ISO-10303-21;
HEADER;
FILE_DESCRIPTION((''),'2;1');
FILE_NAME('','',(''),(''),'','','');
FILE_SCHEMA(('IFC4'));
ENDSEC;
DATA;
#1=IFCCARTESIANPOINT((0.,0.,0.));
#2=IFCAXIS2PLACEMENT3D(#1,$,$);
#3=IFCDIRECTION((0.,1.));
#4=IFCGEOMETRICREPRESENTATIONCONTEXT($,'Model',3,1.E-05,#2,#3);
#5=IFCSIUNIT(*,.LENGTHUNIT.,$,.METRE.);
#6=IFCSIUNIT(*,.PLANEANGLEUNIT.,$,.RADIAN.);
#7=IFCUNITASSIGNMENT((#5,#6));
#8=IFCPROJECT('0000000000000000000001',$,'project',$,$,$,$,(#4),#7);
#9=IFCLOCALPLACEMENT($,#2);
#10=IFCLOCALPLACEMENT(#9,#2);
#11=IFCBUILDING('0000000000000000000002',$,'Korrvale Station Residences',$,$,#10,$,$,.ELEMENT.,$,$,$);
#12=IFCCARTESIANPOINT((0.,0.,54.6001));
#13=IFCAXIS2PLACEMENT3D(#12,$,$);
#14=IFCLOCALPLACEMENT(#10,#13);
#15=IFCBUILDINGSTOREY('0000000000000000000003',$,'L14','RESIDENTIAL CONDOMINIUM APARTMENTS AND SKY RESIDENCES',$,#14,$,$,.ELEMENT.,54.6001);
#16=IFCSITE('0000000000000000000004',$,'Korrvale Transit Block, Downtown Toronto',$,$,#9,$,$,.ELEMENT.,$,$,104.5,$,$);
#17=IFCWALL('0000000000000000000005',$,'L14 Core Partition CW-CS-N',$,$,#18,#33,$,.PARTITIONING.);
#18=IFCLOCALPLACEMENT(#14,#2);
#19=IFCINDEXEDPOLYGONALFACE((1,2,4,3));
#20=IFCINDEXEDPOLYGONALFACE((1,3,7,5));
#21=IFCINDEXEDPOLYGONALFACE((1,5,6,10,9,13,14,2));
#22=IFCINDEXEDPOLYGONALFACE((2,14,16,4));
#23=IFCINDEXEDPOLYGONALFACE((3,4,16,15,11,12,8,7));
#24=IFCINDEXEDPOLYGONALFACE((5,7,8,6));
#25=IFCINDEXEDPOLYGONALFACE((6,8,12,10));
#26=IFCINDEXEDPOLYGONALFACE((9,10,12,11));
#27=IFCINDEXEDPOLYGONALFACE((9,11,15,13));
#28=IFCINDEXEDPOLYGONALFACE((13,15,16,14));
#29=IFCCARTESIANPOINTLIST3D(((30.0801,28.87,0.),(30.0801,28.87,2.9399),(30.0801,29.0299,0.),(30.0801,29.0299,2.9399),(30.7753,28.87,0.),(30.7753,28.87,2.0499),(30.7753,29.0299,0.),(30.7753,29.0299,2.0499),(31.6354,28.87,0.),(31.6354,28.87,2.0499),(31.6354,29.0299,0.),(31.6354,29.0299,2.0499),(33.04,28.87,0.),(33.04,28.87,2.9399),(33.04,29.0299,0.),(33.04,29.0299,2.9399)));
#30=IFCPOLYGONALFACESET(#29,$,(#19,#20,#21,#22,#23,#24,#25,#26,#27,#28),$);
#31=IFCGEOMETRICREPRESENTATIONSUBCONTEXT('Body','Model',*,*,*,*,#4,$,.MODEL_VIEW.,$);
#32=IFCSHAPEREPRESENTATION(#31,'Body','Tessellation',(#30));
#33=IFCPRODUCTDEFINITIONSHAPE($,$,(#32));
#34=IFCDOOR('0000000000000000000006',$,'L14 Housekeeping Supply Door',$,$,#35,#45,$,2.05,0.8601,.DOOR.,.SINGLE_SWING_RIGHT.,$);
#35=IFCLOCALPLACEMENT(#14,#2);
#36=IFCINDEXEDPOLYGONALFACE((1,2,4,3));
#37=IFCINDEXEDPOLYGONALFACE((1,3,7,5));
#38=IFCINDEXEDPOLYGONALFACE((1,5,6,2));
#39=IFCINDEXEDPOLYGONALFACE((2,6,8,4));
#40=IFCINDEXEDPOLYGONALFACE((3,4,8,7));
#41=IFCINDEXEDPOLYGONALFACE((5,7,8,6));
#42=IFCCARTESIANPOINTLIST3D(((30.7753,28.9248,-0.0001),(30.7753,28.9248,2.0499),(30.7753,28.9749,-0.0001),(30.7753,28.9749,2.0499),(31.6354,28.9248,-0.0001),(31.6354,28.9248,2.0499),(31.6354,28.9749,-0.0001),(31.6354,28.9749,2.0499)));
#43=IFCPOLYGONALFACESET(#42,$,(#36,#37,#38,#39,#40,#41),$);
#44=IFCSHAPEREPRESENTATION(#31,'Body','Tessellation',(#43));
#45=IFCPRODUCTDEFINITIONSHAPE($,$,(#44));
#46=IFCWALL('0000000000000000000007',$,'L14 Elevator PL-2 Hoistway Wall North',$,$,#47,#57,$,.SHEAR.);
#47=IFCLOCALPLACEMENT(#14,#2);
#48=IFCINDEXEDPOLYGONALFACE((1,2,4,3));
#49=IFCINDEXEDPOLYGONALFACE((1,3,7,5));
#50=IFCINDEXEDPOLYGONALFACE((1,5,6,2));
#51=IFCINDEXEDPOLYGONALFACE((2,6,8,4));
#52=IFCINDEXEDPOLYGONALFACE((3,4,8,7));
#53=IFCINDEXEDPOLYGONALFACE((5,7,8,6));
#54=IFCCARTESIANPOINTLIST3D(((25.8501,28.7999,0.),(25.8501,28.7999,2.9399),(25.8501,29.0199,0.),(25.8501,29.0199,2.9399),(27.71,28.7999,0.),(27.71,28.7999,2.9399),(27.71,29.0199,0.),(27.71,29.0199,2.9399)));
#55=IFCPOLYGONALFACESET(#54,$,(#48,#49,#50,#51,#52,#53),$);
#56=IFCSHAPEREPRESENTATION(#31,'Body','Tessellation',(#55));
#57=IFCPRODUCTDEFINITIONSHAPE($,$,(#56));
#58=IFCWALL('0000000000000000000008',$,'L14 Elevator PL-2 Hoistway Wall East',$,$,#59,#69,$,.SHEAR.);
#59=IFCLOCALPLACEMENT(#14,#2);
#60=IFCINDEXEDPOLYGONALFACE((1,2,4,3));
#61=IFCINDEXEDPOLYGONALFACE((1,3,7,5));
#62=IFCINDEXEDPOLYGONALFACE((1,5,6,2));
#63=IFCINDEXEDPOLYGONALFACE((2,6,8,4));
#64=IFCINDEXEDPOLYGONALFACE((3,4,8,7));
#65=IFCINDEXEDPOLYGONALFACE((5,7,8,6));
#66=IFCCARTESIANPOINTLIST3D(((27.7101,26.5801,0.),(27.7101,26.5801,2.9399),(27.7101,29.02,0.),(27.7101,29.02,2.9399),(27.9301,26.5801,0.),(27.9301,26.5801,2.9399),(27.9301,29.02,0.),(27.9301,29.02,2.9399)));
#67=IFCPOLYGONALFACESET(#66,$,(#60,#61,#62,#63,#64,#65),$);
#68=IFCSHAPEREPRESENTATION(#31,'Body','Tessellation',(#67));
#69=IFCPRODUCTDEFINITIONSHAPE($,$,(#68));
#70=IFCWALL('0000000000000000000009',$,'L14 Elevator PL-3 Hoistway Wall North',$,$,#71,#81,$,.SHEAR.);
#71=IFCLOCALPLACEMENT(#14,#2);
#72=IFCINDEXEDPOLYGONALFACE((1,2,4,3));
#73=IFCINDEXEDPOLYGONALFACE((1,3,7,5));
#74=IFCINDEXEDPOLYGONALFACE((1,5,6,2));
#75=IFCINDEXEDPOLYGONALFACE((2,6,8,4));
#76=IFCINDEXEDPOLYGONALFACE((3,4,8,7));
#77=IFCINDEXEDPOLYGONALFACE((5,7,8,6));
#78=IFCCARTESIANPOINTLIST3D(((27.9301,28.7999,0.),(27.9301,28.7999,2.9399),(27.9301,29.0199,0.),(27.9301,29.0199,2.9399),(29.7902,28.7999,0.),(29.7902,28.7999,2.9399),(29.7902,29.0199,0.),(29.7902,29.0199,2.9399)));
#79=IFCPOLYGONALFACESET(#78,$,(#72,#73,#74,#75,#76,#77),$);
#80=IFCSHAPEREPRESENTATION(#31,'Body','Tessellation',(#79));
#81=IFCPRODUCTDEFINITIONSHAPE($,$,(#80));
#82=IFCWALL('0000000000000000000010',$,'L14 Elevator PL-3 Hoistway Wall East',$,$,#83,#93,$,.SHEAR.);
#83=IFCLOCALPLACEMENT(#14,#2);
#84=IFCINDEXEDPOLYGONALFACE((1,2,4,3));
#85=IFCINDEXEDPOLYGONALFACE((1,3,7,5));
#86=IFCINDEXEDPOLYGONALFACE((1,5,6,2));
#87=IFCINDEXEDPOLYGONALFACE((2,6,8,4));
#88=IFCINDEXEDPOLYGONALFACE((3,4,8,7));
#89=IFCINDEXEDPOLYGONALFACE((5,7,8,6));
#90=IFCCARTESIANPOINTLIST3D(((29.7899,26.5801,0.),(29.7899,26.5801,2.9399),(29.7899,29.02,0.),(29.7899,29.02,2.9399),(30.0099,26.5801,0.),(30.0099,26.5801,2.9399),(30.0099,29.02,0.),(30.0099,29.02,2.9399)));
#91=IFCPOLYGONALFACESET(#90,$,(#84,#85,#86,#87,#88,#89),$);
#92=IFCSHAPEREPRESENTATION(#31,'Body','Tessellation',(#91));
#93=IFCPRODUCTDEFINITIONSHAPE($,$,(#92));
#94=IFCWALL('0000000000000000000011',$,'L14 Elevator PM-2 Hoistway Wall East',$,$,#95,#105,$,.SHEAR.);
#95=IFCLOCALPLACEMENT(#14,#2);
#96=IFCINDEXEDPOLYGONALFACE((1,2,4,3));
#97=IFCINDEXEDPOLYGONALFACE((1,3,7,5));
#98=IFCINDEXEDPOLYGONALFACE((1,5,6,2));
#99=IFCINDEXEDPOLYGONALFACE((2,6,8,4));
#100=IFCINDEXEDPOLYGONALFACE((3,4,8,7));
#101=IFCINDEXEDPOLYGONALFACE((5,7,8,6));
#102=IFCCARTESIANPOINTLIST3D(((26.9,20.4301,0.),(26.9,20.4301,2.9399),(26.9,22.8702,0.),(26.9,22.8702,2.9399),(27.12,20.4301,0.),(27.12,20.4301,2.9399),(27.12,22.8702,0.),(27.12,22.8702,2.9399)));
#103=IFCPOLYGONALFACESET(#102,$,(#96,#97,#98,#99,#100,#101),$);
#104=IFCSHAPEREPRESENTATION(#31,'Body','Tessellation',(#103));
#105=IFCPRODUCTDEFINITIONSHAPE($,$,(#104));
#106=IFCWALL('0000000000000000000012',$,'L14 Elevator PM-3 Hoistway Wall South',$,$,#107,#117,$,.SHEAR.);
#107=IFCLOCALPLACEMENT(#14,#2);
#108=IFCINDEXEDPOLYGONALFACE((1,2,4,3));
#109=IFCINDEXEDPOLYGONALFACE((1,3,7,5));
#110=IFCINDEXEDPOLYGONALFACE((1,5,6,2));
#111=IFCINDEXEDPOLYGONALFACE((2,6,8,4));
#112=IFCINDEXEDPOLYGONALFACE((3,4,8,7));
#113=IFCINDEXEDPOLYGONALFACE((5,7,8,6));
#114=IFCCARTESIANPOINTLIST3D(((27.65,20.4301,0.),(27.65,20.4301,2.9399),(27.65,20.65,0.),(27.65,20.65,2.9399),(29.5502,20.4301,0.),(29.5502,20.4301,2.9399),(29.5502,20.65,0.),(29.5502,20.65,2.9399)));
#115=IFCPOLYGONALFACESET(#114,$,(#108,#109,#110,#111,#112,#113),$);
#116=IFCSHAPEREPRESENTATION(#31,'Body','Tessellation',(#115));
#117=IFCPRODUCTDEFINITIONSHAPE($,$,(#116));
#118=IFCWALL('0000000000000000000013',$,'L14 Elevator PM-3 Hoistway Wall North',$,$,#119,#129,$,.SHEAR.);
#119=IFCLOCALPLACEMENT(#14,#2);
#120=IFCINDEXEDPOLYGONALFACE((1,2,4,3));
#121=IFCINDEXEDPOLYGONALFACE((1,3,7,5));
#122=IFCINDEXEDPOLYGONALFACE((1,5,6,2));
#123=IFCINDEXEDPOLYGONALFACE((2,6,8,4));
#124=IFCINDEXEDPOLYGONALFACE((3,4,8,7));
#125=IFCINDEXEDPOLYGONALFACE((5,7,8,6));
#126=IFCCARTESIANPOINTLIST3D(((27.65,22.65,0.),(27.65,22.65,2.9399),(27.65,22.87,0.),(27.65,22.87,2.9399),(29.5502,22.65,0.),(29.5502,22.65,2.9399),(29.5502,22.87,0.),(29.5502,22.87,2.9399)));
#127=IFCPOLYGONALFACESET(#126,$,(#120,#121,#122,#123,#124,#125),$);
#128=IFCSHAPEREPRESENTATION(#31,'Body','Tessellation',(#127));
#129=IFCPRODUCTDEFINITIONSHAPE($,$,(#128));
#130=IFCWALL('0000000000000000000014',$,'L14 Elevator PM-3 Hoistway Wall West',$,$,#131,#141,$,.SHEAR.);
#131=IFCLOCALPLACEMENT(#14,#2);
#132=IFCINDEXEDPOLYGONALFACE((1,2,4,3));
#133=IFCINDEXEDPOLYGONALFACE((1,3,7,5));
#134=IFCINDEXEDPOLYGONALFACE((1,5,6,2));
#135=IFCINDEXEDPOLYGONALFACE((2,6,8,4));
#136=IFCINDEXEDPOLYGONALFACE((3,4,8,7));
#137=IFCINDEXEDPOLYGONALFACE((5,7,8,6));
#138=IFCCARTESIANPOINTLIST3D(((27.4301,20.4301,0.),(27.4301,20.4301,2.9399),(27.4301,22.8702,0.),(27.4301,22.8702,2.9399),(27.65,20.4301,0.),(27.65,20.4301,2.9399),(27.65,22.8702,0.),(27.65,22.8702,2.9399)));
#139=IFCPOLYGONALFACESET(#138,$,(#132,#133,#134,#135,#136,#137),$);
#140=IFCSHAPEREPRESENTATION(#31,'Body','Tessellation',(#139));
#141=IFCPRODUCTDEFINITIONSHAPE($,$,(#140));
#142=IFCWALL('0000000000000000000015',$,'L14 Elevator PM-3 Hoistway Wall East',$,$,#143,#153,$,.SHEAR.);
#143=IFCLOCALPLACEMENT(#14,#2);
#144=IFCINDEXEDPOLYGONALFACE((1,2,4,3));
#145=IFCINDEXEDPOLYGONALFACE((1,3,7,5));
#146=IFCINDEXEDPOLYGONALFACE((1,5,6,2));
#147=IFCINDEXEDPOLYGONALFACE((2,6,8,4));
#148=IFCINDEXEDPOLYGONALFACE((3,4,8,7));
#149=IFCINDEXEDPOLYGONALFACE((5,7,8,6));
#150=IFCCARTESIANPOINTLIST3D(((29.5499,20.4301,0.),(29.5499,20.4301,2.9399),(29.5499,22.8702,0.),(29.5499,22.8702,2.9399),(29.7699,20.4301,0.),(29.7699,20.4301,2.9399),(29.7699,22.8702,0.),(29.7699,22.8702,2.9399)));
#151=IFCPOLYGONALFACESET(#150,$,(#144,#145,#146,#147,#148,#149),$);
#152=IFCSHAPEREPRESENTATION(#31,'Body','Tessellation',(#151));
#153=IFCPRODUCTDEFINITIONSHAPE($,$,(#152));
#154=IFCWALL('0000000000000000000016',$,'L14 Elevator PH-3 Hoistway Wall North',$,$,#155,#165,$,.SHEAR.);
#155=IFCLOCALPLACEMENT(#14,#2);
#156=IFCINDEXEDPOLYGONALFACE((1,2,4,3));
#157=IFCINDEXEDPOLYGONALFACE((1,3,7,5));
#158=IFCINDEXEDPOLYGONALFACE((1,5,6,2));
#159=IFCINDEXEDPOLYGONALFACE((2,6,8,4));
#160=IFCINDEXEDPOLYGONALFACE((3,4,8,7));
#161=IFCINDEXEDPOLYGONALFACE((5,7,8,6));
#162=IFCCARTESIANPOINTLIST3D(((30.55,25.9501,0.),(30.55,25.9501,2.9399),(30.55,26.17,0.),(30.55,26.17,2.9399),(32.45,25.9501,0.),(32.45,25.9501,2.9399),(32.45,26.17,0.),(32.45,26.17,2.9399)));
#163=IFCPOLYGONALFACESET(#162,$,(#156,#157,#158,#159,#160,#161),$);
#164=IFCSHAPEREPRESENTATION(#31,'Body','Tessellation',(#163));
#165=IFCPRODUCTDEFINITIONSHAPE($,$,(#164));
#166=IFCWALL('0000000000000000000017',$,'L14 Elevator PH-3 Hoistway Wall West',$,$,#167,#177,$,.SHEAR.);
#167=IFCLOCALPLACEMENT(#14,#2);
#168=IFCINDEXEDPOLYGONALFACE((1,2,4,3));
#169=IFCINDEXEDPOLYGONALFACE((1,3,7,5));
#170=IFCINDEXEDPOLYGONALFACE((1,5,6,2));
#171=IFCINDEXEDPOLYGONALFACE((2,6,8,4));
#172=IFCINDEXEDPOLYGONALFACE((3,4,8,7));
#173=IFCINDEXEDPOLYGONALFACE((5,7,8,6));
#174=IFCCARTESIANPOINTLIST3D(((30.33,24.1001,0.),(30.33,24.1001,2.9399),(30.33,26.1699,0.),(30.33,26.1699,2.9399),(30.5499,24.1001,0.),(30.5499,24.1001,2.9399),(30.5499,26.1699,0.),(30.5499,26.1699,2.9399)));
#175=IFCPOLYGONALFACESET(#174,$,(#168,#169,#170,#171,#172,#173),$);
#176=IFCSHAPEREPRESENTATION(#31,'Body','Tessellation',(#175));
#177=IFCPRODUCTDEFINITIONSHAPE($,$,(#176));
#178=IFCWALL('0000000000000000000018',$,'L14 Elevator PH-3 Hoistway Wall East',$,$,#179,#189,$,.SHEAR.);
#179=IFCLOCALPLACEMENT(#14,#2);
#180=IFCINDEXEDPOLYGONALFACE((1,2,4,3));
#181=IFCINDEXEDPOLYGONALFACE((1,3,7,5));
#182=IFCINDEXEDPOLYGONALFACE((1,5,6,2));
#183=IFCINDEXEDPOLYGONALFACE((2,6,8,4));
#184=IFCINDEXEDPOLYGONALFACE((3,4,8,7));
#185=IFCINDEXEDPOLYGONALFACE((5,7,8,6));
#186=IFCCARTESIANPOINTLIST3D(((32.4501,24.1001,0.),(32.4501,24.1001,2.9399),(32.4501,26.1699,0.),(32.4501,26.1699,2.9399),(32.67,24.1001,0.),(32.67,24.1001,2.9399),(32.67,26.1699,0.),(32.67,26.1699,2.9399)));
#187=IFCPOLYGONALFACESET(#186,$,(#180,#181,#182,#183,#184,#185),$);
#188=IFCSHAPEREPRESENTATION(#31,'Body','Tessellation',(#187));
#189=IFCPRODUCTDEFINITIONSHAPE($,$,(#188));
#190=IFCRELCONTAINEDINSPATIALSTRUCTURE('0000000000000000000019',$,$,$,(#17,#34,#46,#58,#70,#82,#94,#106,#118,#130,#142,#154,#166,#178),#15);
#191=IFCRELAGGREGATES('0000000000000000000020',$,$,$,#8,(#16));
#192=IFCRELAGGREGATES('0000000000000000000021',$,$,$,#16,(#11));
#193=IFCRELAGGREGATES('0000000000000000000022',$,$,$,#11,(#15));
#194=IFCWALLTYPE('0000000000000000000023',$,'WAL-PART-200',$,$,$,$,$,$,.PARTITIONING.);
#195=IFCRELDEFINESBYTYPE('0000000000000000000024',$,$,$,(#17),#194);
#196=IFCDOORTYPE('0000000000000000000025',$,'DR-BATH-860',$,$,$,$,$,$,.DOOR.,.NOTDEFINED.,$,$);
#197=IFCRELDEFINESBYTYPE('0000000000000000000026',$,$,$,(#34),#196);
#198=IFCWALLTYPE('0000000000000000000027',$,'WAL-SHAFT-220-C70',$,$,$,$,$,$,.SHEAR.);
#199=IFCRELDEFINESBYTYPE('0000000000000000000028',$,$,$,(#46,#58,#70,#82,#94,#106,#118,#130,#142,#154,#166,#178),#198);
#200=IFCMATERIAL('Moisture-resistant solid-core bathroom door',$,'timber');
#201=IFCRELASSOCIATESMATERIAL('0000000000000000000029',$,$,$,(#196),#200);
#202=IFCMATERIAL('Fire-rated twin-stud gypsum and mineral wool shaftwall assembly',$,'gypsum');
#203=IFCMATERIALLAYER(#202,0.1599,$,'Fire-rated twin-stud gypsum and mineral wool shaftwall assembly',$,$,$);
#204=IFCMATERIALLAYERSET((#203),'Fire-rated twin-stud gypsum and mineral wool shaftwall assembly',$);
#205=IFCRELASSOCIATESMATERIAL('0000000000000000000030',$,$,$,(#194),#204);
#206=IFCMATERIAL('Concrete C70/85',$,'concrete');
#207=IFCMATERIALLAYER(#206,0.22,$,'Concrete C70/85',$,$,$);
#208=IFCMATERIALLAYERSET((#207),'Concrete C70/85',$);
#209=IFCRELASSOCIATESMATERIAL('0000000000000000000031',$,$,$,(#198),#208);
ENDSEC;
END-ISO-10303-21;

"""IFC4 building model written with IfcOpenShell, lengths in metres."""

from ifc_helpers import new_model, si_unit, direction, frame, frame_2d, origin, place, context, subcontext, project, spatial, rectangle, extrude, material, layer, layer_set, type_object, element, fill, save


model = new_model("IFC4")

# Units and contexts
model_context = context("Model", 3, precision=1e-05, world=origin(), true_north=direction((0.0, 1.0)))
body_context = subcontext(model_context, "Body", "Model", "MODEL_VIEW")
ifc_project = project(units=[si_unit("LENGTHUNIT", "METRE"), si_unit("PLANEANGLEUNIT", "RADIAN")], contexts=[model_context])

# Site, building, storey
site_placement = place(None, origin())
site = spatial("IfcSite", under=ifc_project, at=site_placement, Name="Korrvale Transit Block, Downtown Toronto", CompositionType="ELEMENT", RefElevation=104.5)
building_placement = place(site_placement, origin())
building = spatial("IfcBuilding", under=site, at=building_placement, Name="Korrvale Station Residences", CompositionType="ELEMENT")
storey_placement = place(building_placement, frame((0.0, 0.0, 54.6001)))
storey = spatial("IfcBuildingStorey", under=building, at=storey_placement, Name="L14", Description="RESIDENTIAL CONDOMINIUM APARTMENTS AND SKY RESIDENCES", CompositionType="ELEMENT", Elevation=54.6001)

# Shared definitions
ifc_material_1 = material(Name="Concrete C70/85", Category="concrete")

# Wall, opening, door
ifc_material_2 = material(Name="Moisture-resistant solid-core bathroom door", Category="timber")
door_type_1 = type_object("IfcDoorType", Name="DR-BATH-860", OperationType="NOTDEFINED", PredefinedType="DOOR", material=ifc_material_2)
ifc_material_3 = material(Name="Fire-rated twin-stud gypsum and mineral wool shaftwall assembly", Category="gypsum")
ifc_layer_1 = layer(ifc_material_3, 0.1599, Name="Fire-rated twin-stud gypsum and mineral wool shaftwall assembly")
ifc_layer_set_1 = layer_set([ifc_layer_1], Name="Fire-rated twin-stud gypsum and mineral wool shaftwall assembly")
wall_type_1 = type_object("IfcWallType", Name="WAL-PART-200", PredefinedType="PARTITIONING", material=ifc_layer_set_1)
wall_1_placement = place(storey_placement, frame((30.0801, 28.95, 0.0), z_axis=(0.0, 0.0, 1.0), x_axis=(1.0, 0.0, 0.0)))
wall_1 = element("IfcWall", 1, at=wall_1_placement, inside=storey, type_object=wall_type_1, Name="L14 Core Partition CW-CS-N", PredefinedType="PARTITIONING", context=body_context, shape_type="SweptSolid", body=[
    extrude(rectangle(XDim=2.96, YDim=0.1599, at=frame_2d((1.48, 0.0))), origin(), (0.0, 0.0, 1.0), 2.9399),
])
opening_1_placement = place(wall_1_placement, frame((0.6951, 0.0, 0.0)))
opening_1 = element("IfcOpeningElement", 2, at=opening_1_placement, cuts=wall_1, PredefinedType="OPENING", context=body_context, shape_type="SweptSolid", body=[
    extrude(rectangle(XDim=0.8601, YDim=2.05, at=frame_2d((0.4302, 1.0249))), frame((0.0, 0.0898, 0.0), z_axis=(0.0, -1.0, 0.0), x_axis=(1.0, 0.0, 0.0)), (0.0, 0.0, 1.0), 0.1799),
])
door_1_placement = place(opening_1_placement, origin())
door_1 = element("IfcDoor", 3, at=door_1_placement, inside=storey, type_object=door_type_1, Name="L14 Housekeeping Supply Door", OperationType="SINGLE_SWING_RIGHT", OverallHeight=2.05, OverallWidth=0.8601, PredefinedType="DOOR", context=body_context, shape_type="SweptSolid", body=[
    extrude(rectangle(XDim=0.8601, YDim=2.05, at=frame_2d((0.4302, 1.0249))), frame((0.0, 0.0249, 0.0), z_axis=(0.0, -1.0, 0.0), x_axis=(1.0, 0.0, 0.0)), (0.0, 0.0, 1.0), 0.05),
])
fill(opening_1, door_1)
ifc_layer_2 = layer(ifc_material_1, 0.22, Name="Concrete C70/85")
ifc_layer_set_2 = layer_set([ifc_layer_2], Name="Concrete C70/85")
wall_type_2 = type_object("IfcWallType", Name="WAL-SHAFT-220-C70", PredefinedType="SHEAR", material=ifc_layer_set_2)

# Walls
wall_2_placement = place(storey_placement, frame((25.8501, 28.9099, 0.0), z_axis=(0.0, 0.0, 1.0), x_axis=(1.0, 0.0, 0.0)))
element("IfcWall", 4, at=wall_2_placement, inside=storey, type_object=wall_type_2, Name="L14 Elevator PL-2 Hoistway Wall North", PredefinedType="SHEAR", context=body_context, shape_type="SweptSolid", body=[
    extrude(rectangle(XDim=1.8599, YDim=0.22, at=frame_2d((0.9299, 0.0))), origin(), (0.0, 0.0, 1.0), 2.9399),
])
wall_3_placement = place(storey_placement, frame((27.8201, 26.5801, 0.0), z_axis=(0.0, 0.0, 1.0), x_axis=(0.0, 1.0, 0.0)))
element("IfcWall", 5, at=wall_3_placement, inside=storey, type_object=wall_type_2, Name="L14 Elevator PL-2 Hoistway Wall East", PredefinedType="SHEAR", context=body_context, shape_type="SweptSolid", body=[
    extrude(rectangle(XDim=2.4399, YDim=0.22, at=frame_2d((1.22, 0.0))), origin(), (0.0, 0.0, 1.0), 2.9399),
])

# Walls
wall_4_placement = place(storey_placement, frame((27.9299, 28.9099, 0.0), z_axis=(0.0, 0.0, 1.0), x_axis=(1.0, 0.0, 0.0)))
element("IfcWall", 6, at=wall_4_placement, inside=storey, type_object=wall_type_2, Name="L14 Elevator PL-3 Hoistway Wall North", PredefinedType="SHEAR", context=body_context, shape_type="SweptSolid", body=[
    extrude(rectangle(XDim=1.8601, YDim=0.22, at=frame_2d((0.9302, 0.0))), origin(), (0.0, 0.0, 1.0), 2.9399),
])
wall_5_placement = place(storey_placement, frame((29.8999, 26.5801, 0.0), z_axis=(0.0, 0.0, 1.0), x_axis=(0.0, 1.0, 0.0)))
element("IfcWall", 7, at=wall_5_placement, inside=storey, type_object=wall_type_2, Name="L14 Elevator PL-3 Hoistway Wall East", PredefinedType="SHEAR", context=body_context, shape_type="SweptSolid", body=[
    extrude(rectangle(XDim=2.4399, YDim=0.22, at=frame_2d((1.22, 0.0))), origin(), (0.0, 0.0, 1.0), 2.9399),
])
wall_6_placement = place(storey_placement, frame((27.01, 20.4299, 0.0), z_axis=(0.0, 0.0, 1.0), x_axis=(0.0, 1.0, 0.0)))
element("IfcWall", 8, at=wall_6_placement, inside=storey, type_object=wall_type_2, Name="L14 Elevator PM-2 Hoistway Wall East", PredefinedType="SHEAR", context=body_context, shape_type="SweptSolid", body=[
    extrude(rectangle(XDim=2.4402, YDim=0.22, at=frame_2d((1.2202, 0.0))), origin(), (0.0, 0.0, 1.0), 2.9399),
])
for number, where, z_axis, x_axis, name in (
    (9, (27.6499, 20.54, 0.0), (0.0, 0.0, 1.0), (1.0, 0.0, 0.0), "L14 Elevator PM-3 Hoistway Wall South"),
    (10, (27.6499, 22.76, 0.0), (0.0, 0.0, 1.0), (1.0, 0.0, 0.0), "L14 Elevator PM-3 Hoistway Wall North"),
):
    element("IfcWall", number, at=place(storey_placement, frame(where, z_axis=z_axis, x_axis=x_axis)), inside=storey, type_object=wall_type_2, Name=name, PredefinedType="SHEAR", context=body_context, shape_type="SweptSolid", body=[
        extrude(rectangle(XDim=1.9001, YDim=0.22, at=frame_2d((0.9502, 0.0))), origin(), (0.0, 0.0, 1.0), 2.9399),
    ])
for number, where, z_axis, x_axis, name in (
    (11, (27.54, 20.4299, 0.0), (0.0, 0.0, 1.0), (0.0, 1.0, 0.0), "L14 Elevator PM-3 Hoistway Wall West"),
    (12, (29.6599, 20.4299, 0.0), (0.0, 0.0, 1.0), (0.0, 1.0, 0.0), "L14 Elevator PM-3 Hoistway Wall East"),
):
    element("IfcWall", number, at=place(storey_placement, frame(where, z_axis=z_axis, x_axis=x_axis)), inside=storey, type_object=wall_type_2, Name=name, PredefinedType="SHEAR", context=body_context, shape_type="SweptSolid", body=[
        extrude(rectangle(XDim=2.4402, YDim=0.22, at=frame_2d((1.2202, 0.0))), origin(), (0.0, 0.0, 1.0), 2.9399),
    ])
wall_7_placement = place(storey_placement, frame((30.55, 26.0601, 0.0), z_axis=(0.0, 0.0, 1.0), x_axis=(1.0, 0.0, 0.0)))
element("IfcWall", 13, at=wall_7_placement, inside=storey, type_object=wall_type_2, Name="L14 Elevator PH-3 Hoistway Wall North", PredefinedType="SHEAR", context=body_context, shape_type="SweptSolid", body=[
    extrude(rectangle(XDim=1.8999, YDim=0.22, at=frame_2d((0.95, 0.0))), origin(), (0.0, 0.0, 1.0), 2.9399),
])
for number, where, z_axis, x_axis, name in (
    (14, (30.4399, 24.1001, 0.0), (0.0, 0.0, 1.0), (0.0, 1.0, 0.0), "L14 Elevator PH-3 Hoistway Wall West"),
    (15, (32.5601, 24.1001, 0.0), (0.0, 0.0, 1.0), (0.0, 1.0, 0.0), "L14 Elevator PH-3 Hoistway Wall East"),
):
    element("IfcWall", number, at=place(storey_placement, frame(where, z_axis=z_axis, x_axis=x_axis)), inside=storey, type_object=wall_type_2, Name=name, PredefinedType="SHEAR", context=body_context, shape_type="SweptSolid", body=[
        extrude(rectangle(XDim=2.0698, YDim=0.22, at=frame_2d((1.0349, 0.0))), origin(), (0.0, 0.0, 1.0), 2.9399),
    ])

save(model, "model.ifc")
